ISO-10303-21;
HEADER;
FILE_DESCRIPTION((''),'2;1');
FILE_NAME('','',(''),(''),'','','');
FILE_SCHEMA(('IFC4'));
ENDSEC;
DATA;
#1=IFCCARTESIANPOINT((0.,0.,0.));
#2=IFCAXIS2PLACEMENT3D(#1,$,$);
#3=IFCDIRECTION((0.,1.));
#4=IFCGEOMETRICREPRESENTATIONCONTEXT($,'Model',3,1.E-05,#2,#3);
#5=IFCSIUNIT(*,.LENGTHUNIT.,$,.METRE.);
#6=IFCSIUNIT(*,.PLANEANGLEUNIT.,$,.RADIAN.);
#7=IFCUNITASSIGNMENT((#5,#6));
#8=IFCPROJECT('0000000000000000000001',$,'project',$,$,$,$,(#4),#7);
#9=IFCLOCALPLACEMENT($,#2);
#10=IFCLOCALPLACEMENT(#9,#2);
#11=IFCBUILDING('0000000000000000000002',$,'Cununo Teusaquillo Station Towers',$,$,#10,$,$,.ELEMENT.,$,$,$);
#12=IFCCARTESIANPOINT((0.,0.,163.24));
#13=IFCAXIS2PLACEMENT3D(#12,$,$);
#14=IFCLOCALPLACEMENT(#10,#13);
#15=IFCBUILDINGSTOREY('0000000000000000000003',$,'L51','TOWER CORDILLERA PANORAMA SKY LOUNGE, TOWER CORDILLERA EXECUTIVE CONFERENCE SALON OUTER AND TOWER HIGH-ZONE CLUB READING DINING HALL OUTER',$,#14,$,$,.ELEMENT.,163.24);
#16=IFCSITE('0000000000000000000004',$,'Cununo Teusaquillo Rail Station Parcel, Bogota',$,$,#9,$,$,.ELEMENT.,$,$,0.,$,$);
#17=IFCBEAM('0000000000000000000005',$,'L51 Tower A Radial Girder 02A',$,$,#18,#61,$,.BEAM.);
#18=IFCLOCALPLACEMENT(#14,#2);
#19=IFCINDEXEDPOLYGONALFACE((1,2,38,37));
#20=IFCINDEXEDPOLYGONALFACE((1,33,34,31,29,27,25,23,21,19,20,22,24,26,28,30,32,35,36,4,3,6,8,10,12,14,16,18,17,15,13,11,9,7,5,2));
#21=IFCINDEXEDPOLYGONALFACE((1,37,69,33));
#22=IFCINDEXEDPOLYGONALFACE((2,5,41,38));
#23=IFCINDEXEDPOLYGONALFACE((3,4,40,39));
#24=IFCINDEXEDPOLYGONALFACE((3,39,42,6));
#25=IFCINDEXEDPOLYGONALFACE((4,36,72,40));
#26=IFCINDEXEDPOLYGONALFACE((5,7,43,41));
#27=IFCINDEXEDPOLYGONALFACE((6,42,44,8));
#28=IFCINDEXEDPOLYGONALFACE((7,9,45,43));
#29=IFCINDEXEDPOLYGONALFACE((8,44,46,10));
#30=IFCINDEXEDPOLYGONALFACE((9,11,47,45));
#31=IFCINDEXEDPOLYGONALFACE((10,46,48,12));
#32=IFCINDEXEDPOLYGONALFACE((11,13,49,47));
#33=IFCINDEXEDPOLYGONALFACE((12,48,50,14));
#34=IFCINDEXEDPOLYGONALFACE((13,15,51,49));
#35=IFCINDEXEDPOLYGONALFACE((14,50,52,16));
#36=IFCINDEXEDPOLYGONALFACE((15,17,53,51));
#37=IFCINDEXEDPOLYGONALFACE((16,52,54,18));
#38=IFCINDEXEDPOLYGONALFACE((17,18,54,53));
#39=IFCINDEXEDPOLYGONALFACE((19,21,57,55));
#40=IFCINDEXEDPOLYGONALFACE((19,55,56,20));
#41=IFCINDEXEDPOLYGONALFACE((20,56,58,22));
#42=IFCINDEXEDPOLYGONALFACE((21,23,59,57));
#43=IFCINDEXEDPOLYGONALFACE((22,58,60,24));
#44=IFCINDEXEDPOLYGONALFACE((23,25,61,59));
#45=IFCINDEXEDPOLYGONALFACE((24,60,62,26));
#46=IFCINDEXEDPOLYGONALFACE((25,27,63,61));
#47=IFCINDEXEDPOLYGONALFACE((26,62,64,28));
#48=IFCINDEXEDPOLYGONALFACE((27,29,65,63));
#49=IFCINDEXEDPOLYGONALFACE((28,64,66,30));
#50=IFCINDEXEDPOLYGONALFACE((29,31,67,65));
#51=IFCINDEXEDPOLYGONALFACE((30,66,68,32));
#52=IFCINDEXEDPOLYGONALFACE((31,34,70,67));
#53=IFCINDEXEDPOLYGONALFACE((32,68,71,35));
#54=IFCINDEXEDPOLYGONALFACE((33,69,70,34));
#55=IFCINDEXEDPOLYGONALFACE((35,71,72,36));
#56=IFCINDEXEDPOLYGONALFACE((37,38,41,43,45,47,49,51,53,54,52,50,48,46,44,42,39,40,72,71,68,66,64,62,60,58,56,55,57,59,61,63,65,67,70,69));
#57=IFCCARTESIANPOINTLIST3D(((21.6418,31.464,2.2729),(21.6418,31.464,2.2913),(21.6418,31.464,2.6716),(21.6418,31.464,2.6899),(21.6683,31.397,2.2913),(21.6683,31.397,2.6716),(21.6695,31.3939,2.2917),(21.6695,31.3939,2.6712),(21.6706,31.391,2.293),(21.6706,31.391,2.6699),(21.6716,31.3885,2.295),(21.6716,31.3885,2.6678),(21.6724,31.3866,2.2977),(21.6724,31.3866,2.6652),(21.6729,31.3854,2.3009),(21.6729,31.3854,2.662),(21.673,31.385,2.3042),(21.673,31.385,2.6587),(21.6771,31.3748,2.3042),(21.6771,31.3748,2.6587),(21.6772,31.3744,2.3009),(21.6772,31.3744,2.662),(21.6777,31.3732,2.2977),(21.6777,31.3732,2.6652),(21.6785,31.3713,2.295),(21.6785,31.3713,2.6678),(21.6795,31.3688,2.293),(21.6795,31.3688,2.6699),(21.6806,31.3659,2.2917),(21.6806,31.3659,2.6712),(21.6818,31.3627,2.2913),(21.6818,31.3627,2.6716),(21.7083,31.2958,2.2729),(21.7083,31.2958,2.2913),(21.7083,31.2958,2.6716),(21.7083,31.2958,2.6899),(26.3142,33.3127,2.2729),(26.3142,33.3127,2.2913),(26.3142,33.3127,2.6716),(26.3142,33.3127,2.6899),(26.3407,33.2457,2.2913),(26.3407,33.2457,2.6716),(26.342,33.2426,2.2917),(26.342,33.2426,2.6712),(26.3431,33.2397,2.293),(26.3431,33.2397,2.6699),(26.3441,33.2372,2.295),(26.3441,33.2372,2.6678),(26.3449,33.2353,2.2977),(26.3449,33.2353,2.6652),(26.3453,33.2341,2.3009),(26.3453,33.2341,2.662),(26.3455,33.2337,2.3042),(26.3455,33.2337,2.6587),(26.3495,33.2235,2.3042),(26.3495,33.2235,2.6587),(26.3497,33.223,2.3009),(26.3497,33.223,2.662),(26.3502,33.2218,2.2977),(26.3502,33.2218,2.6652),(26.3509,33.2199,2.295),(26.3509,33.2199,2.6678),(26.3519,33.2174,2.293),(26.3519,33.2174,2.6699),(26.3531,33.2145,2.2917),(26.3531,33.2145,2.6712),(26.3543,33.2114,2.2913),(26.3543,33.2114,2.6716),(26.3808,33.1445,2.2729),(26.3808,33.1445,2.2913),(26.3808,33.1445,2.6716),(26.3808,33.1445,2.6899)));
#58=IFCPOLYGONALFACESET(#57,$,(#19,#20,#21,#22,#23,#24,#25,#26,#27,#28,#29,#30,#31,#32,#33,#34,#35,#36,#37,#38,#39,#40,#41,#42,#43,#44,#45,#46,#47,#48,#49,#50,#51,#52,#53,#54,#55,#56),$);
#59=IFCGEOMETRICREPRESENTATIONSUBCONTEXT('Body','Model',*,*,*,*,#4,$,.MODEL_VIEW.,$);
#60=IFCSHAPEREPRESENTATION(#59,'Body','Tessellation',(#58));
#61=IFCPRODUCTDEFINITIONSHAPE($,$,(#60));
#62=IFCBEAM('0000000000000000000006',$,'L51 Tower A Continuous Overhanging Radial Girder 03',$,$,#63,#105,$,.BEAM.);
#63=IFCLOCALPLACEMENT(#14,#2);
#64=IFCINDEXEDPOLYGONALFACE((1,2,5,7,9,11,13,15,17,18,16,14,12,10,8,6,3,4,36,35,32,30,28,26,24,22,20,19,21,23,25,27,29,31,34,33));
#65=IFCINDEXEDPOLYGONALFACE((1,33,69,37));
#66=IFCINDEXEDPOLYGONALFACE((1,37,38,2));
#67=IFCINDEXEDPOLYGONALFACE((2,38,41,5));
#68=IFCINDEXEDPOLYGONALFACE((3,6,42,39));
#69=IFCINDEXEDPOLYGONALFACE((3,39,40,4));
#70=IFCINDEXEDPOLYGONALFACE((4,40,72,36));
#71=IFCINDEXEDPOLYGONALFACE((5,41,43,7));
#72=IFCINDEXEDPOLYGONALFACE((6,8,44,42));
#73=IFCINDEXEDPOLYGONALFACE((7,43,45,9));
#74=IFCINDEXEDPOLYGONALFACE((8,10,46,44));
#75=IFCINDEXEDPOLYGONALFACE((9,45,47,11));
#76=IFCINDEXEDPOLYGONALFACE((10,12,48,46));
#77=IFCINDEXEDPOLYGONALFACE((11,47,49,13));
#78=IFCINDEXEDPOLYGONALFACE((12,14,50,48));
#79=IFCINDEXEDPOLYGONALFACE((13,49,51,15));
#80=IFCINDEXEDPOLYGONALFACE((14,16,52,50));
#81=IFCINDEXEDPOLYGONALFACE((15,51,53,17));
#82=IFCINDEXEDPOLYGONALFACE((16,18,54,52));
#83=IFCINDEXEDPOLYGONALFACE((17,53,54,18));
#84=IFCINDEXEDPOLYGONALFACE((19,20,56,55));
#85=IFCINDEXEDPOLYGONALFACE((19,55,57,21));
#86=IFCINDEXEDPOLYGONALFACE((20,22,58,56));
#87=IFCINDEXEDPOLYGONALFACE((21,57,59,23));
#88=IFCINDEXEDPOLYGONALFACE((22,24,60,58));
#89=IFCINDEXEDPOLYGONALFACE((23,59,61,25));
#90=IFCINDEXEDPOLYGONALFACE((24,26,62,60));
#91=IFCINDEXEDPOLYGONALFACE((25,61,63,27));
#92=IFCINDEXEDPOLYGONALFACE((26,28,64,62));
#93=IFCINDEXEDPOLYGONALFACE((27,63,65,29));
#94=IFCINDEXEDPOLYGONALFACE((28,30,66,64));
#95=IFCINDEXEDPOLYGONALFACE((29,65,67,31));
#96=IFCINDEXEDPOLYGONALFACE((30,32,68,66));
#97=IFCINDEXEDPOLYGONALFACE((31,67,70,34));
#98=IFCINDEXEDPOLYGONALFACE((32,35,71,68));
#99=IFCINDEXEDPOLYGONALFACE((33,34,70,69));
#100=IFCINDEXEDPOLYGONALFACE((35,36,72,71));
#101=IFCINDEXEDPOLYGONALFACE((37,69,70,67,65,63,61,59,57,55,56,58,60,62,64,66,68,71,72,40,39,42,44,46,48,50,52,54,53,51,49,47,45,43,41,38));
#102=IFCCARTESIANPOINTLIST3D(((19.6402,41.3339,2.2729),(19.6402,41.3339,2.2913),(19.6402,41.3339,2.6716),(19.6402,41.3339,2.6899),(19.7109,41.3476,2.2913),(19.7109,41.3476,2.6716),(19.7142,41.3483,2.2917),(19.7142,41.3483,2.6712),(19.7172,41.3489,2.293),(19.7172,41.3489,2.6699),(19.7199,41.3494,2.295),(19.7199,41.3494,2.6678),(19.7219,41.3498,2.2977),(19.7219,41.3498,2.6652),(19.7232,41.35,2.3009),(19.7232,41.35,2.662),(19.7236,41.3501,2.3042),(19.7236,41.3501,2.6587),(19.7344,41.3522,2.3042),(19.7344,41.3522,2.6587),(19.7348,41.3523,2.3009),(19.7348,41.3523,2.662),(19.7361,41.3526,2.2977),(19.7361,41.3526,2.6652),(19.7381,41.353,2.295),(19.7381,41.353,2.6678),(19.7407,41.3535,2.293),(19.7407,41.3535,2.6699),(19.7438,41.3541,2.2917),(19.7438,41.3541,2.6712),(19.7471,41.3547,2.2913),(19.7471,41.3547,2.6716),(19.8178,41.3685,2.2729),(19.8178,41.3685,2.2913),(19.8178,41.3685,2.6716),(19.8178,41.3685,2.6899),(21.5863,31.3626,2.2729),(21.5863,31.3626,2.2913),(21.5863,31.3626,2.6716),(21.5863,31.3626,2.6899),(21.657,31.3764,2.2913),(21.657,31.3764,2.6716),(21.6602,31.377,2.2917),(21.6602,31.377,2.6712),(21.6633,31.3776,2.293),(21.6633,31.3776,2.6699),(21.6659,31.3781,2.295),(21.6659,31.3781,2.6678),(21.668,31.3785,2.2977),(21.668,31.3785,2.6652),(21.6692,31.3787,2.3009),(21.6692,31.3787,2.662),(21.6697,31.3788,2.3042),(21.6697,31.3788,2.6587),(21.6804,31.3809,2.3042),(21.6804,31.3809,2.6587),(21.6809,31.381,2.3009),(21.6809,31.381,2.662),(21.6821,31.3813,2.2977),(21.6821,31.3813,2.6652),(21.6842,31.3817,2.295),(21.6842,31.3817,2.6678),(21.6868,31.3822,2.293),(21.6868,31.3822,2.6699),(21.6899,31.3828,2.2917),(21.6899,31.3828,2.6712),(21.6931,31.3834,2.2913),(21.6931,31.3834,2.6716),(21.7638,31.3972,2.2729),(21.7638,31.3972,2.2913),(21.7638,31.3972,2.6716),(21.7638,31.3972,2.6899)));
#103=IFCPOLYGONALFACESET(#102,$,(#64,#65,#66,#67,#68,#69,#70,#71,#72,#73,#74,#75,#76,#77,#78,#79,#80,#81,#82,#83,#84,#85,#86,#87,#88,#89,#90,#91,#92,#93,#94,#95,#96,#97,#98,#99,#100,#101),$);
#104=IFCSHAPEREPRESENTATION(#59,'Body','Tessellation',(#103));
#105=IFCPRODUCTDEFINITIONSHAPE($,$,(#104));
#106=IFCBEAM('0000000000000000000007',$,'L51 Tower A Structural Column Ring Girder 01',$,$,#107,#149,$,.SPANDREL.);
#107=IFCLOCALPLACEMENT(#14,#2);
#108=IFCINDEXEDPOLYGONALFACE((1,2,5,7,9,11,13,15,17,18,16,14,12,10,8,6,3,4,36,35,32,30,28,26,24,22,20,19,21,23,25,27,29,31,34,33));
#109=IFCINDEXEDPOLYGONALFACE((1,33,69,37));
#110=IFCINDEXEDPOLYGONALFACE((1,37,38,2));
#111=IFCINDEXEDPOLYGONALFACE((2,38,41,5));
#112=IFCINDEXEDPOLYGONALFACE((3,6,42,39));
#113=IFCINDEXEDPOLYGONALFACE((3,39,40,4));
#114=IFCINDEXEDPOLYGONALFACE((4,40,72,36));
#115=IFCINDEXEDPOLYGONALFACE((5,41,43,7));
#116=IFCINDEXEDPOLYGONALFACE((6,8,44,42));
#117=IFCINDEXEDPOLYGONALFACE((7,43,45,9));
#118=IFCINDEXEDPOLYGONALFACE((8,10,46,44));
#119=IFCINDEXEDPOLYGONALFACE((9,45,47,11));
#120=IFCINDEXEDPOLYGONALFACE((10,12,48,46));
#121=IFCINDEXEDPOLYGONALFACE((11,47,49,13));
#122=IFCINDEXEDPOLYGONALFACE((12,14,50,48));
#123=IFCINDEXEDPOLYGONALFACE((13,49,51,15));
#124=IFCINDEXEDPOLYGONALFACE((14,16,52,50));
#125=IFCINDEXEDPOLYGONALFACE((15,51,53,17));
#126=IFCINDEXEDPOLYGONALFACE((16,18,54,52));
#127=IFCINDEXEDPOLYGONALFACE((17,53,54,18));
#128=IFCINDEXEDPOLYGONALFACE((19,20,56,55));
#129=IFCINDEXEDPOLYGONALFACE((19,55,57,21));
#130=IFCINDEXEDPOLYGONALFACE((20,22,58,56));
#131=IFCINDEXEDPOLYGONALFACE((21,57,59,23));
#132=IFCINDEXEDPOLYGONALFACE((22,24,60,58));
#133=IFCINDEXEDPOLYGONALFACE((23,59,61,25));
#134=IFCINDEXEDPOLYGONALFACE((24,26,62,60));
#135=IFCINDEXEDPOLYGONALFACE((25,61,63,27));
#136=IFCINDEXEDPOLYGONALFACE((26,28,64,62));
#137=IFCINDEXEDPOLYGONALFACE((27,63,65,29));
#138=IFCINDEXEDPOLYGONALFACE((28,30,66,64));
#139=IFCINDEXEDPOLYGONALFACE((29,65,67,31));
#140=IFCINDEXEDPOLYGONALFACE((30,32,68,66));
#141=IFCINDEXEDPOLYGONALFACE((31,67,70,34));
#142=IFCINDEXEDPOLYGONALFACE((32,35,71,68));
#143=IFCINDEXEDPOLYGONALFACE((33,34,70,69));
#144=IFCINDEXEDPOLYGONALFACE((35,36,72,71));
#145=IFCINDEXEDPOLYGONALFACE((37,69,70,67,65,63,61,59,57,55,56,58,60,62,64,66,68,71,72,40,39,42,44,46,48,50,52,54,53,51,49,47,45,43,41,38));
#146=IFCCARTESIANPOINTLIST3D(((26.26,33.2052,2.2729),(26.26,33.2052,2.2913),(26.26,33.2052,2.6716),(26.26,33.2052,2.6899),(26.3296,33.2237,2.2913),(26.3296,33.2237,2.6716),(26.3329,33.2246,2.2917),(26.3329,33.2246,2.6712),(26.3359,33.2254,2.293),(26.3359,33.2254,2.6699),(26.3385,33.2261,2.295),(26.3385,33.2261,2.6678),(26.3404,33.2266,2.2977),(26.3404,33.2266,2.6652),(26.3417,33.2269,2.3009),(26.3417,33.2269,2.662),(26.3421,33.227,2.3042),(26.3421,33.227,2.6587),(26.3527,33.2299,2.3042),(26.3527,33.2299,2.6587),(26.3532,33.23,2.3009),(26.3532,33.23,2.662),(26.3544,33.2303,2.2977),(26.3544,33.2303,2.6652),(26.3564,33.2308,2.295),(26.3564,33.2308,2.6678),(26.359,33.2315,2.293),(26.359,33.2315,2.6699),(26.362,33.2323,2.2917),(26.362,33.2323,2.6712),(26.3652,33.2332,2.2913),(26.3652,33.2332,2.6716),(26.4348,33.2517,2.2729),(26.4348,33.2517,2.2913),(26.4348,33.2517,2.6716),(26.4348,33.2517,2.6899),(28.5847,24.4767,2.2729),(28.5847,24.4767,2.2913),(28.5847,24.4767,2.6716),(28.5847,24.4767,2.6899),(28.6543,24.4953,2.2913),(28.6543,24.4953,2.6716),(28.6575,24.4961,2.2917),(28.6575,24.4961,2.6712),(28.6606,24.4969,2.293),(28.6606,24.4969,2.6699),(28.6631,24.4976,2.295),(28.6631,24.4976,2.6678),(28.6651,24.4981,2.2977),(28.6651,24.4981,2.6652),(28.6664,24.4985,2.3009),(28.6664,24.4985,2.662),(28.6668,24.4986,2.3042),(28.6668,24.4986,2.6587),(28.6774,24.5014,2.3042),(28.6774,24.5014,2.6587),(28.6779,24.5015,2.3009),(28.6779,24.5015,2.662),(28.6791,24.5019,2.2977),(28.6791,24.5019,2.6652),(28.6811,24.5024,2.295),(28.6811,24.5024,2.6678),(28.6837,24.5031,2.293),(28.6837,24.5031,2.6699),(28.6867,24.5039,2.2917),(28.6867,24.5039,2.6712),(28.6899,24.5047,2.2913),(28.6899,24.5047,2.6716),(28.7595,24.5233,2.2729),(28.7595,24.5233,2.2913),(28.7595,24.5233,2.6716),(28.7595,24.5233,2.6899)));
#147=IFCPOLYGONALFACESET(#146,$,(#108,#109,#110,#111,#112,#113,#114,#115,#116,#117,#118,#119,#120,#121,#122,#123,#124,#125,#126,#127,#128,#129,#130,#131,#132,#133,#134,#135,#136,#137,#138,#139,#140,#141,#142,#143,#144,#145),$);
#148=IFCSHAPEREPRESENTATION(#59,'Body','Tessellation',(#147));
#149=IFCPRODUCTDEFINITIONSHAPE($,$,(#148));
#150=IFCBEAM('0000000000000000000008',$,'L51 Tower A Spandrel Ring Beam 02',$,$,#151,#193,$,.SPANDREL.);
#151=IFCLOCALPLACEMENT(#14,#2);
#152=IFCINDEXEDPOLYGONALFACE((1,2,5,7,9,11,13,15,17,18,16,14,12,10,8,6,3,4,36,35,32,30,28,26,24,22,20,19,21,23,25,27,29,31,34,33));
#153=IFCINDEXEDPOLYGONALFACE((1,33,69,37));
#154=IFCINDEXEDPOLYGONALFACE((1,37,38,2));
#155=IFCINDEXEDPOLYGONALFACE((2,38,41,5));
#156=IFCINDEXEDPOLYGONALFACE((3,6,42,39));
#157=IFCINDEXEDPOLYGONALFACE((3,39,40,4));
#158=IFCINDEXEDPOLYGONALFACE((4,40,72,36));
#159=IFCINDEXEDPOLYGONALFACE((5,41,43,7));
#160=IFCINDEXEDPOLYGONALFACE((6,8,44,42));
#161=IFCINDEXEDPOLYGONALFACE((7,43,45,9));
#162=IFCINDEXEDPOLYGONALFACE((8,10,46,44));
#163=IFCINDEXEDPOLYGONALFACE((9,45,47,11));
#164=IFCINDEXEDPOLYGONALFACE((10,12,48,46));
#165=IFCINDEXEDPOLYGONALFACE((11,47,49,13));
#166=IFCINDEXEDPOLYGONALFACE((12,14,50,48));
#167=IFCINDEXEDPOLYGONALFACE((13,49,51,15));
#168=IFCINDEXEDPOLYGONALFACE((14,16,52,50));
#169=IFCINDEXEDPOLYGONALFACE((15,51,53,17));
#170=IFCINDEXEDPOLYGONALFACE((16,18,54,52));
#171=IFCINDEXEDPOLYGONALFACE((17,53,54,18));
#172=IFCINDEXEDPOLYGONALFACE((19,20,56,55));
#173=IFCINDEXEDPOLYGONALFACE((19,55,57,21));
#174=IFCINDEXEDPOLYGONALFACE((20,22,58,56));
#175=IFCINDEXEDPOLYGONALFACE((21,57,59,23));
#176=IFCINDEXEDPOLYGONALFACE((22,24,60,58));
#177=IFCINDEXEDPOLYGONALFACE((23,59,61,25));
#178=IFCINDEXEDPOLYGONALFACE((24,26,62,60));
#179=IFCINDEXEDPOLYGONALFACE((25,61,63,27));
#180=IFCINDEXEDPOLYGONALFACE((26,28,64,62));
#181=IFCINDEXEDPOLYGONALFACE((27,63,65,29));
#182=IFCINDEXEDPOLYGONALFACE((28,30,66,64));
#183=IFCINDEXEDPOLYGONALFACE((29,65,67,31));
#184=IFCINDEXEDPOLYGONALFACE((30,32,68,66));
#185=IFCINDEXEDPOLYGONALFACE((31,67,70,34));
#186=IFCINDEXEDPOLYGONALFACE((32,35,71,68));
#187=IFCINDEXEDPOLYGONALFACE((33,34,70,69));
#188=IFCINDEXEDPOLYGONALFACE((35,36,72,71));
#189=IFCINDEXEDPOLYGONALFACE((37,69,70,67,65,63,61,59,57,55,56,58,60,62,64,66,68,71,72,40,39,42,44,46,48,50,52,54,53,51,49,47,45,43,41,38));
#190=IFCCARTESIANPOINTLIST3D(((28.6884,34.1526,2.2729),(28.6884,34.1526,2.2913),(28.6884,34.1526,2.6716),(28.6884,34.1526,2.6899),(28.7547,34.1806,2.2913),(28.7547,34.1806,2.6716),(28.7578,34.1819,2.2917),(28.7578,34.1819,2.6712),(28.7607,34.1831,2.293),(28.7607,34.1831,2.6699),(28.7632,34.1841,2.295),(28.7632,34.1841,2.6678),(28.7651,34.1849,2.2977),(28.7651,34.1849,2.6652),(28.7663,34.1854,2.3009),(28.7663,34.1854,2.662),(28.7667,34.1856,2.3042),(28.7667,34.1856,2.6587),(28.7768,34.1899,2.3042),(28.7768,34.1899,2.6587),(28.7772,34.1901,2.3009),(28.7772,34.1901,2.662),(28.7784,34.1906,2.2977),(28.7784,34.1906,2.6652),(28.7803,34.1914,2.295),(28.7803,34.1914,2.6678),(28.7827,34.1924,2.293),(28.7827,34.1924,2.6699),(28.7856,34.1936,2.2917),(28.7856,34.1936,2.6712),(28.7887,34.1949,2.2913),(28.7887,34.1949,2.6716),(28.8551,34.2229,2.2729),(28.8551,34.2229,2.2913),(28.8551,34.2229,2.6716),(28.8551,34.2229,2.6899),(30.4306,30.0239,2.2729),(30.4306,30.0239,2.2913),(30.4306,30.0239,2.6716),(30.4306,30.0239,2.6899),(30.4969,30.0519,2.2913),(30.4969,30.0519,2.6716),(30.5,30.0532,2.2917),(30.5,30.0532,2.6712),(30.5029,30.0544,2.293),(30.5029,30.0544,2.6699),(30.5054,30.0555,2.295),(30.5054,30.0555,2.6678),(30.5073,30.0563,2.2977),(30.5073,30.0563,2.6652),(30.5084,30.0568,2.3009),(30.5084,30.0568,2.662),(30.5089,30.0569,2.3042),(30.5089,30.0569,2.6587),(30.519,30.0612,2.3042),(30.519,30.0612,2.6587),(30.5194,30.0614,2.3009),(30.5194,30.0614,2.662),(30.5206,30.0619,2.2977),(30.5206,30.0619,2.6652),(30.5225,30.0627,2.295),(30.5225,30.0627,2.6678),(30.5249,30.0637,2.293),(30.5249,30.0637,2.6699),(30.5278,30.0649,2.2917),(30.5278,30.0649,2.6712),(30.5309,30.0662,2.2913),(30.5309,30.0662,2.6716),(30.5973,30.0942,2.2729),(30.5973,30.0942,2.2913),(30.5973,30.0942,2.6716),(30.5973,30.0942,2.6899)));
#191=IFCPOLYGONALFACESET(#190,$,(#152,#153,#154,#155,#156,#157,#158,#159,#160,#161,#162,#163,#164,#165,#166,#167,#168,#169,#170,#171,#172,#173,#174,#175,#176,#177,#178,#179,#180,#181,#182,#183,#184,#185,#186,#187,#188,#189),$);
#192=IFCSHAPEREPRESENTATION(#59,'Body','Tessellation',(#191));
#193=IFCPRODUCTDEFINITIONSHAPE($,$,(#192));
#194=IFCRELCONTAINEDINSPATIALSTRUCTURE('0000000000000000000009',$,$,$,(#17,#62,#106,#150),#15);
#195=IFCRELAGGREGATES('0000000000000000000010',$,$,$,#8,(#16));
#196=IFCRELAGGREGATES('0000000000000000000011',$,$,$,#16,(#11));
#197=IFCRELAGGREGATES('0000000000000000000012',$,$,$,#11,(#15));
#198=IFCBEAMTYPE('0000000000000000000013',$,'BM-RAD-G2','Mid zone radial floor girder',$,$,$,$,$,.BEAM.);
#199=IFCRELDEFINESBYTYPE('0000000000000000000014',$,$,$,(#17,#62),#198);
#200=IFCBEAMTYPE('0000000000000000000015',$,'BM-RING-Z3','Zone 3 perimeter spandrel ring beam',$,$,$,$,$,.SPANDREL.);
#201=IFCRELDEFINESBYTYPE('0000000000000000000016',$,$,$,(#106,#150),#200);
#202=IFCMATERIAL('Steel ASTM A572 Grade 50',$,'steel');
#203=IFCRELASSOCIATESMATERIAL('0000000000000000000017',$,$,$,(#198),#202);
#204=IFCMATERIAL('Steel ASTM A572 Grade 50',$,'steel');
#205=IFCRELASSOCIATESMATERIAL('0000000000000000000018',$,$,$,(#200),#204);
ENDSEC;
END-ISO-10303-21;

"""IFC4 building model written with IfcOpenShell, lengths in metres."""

from ifc_helpers import new_model, si_unit, direction, frame, origin, origin_2d, place, context, subcontext, project, spatial, i_section, extrude, material, material_profile, profile_set, type_object, element, save


model = new_model("IFC4")

# Units and contexts
model_context = context("Model", 3, precision=1e-05, world=origin(), true_north=direction((0.0, 1.0)))
body_context = subcontext(model_context, "Body", "Model", "MODEL_VIEW")
ifc_project = project(units=[si_unit("LENGTHUNIT", "METRE"), si_unit("PLANEANGLEUNIT", "RADIAN")], contexts=[model_context])

# Site, building, storey
site_placement = place(None, origin())
site = spatial("IfcSite", under=ifc_project, at=site_placement, Name="Cununo Teusaquillo Rail Station Parcel, Bogota", CompositionType="ELEMENT", RefElevation=0.0)
building_placement = place(site_placement, origin())
building = spatial("IfcBuilding", under=site, at=building_placement, Name="Cununo Teusaquillo Station Towers", CompositionType="ELEMENT")
storey_placement = place(building_placement, frame((0.0, 0.0, 163.24)))
storey = spatial("IfcBuildingStorey", under=building, at=storey_placement, Name="L51", Description="TOWER CORDILLERA PANORAMA SKY LOUNGE, TOWER CORDILLERA EXECUTIVE CONFERENCE SALON OUTER AND TOWER HIGH-ZONE CLUB READING DINING HALL OUTER", CompositionType="ELEMENT", Elevation=163.24)

# Beams
ifc_material_1 = material(Name="Steel ASTM A572 Grade 50", Category="steel")
ifc_material_profile_1 = material_profile(ifc_material_1, i_section(OverallWidth=0.1809, OverallDepth=0.417, WebThickness=0.011, FlangeThickness=0.0183, FilletRadius=0.0129, at=origin_2d()), Name="W16X57")
ifc_profile_set_1 = profile_set([ifc_material_profile_1], Name="Steel ASTM A572 Grade 50")
beam_type_1 = type_object("IfcBeamType", Name="BM-RAD-G2", Description="Mid zone radial floor girder", PredefinedType="BEAM", material=ifc_profile_set_1)
beam_1_placement = place(storey_placement, frame((21.675, 31.3799, 2.4814), z_axis=(0.929864, 0.367903, 0.0), x_axis=(-0.367903, 0.929864, 0.0)))
element("IfcBeam", 1, at=beam_1_placement, inside=storey, type_object=beam_type_1, Name="L51 Tower A Radial Girder 02A", PredefinedType="BEAM", context=body_context, shape_type="SweptSolid", body=[
    extrude(i_section(OverallWidth=0.1809, OverallDepth=0.417, WebThickness=0.011, FlangeThickness=0.0183, FilletRadius=0.0129, at=origin_2d()), origin(), (0.0, 0.0, 1.0), 5.0249),
])
beam_2_placement = place(storey_placement, frame((21.675, 31.3799, 2.4814), z_axis=(-0.191553, 0.981482, 0.0), x_axis=(-0.981482, -0.191553, 0.0)))
element("IfcBeam", 2, at=beam_2_placement, inside=storey, type_object=beam_type_1, Name="L51 Tower A Continuous Overhanging Radial Girder 03", PredefinedType="BEAM", context=body_context, shape_type="SweptSolid", body=[
    extrude(i_section(OverallWidth=0.1809, OverallDepth=0.417, WebThickness=0.011, FlangeThickness=0.0183, FilletRadius=0.0129, at=origin_2d()), origin(), (0.0, 0.0, 1.0), 10.1594),
])
ifc_material_2 = material(Name="Steel ASTM A572 Grade 50", Category="steel")
ifc_material_profile_2 = material_profile(ifc_material_2, i_section(OverallWidth=0.1809, OverallDepth=0.417, WebThickness=0.011, FlangeThickness=0.0183, FilletRadius=0.0129, at=origin_2d()), Name="W16X57")
ifc_profile_set_2 = profile_set([ifc_material_profile_2], Name="Steel ASTM A572 Grade 50")
beam_type_2 = type_object("IfcBeamType", Name="BM-RING-Z3", Description="Zone 3 perimeter spandrel ring beam", PredefinedType="SPANDREL", material=ifc_profile_set_2)
beam_3_placement = place(storey_placement, frame((28.6721, 24.5, 2.4814), z_axis=(-0.257363, 0.966315, 0.0), x_axis=(-0.966315, -0.257363, 0.0)))
element("IfcBeam", 3, at=beam_3_placement, inside=storey, type_object=beam_type_2, Name="L51 Tower A Structural Column Ring Girder 01", PredefinedType="SPANDREL", context=body_context, shape_type="SweptSolid", body=[
    extrude(i_section(OverallWidth=0.1809, OverallDepth=0.417, WebThickness=0.011, FlangeThickness=0.0183, FilletRadius=0.0129, at=origin_2d()), origin(), (0.0, 0.0, 1.0), 9.0327),
])
beam_4_placement = place(storey_placement, frame((30.5139, 30.0591, 2.4814), z_axis=(-0.388778, 0.921332, 0.0), x_axis=(-0.921332, -0.388778, 0.0)))
element("IfcBeam", 4, at=beam_4_placement, inside=storey, type_object=beam_type_2, Name="L51 Tower A Spandrel Ring Beam 02", PredefinedType="SPANDREL", context=body_context, shape_type="SweptSolid", body=[
    extrude(i_section(OverallWidth=0.1809, OverallDepth=0.417, WebThickness=0.011, FlangeThickness=0.0183, FilletRadius=0.0129, at=origin_2d()), origin(), (0.0, 0.0, 1.0), 4.4812),
])

save(model, "model.ifc")
